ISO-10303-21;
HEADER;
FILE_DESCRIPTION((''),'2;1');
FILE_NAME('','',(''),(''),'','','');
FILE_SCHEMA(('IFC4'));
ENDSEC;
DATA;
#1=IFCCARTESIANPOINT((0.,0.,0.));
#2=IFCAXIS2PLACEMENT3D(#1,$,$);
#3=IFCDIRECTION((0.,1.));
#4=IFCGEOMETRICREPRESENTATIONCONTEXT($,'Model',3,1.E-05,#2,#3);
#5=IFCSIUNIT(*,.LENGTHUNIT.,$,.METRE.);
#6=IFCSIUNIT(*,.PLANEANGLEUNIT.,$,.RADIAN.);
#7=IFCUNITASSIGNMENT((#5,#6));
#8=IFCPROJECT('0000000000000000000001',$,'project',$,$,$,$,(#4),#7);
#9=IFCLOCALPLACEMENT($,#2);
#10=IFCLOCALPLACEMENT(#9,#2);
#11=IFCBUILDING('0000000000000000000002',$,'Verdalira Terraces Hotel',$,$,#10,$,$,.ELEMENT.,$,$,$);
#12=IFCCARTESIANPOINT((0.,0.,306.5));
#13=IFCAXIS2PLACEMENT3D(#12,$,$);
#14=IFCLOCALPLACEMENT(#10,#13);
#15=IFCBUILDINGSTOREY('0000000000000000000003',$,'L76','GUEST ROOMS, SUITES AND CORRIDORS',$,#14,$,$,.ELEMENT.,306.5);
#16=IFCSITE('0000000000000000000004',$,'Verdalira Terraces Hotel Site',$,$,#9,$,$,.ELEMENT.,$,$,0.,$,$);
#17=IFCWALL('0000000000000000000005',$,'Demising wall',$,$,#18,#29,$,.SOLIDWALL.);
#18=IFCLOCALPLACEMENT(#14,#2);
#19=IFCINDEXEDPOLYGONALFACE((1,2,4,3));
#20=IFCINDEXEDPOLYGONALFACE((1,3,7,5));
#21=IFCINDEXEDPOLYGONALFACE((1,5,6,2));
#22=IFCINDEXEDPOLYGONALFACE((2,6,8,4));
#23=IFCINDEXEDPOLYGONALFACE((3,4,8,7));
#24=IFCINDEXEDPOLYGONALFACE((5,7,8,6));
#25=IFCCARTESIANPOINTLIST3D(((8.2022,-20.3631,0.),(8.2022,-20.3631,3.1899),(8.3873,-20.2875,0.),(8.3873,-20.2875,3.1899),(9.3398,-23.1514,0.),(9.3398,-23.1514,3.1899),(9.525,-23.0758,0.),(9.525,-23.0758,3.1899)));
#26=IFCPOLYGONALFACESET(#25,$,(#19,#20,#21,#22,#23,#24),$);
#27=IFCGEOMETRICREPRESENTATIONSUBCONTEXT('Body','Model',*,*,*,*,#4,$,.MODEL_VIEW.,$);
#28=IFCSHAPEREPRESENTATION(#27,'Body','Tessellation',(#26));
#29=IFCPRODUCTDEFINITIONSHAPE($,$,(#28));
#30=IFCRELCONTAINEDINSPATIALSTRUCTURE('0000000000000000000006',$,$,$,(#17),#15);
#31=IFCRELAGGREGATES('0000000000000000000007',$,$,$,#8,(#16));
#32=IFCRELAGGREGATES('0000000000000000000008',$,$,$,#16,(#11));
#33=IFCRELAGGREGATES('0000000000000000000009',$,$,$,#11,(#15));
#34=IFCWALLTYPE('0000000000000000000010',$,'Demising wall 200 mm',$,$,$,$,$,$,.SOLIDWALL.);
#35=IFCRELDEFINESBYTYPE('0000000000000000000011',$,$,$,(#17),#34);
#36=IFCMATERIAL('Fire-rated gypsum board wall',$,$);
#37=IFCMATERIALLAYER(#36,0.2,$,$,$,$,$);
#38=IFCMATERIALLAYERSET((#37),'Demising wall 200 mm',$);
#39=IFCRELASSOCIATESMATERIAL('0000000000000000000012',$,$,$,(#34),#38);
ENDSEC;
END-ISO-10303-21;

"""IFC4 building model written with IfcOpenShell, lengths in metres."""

from ifc_helpers import new_model, si_unit, direction, frame, frame_2d, origin, place, context, subcontext, project, spatial, rectangle, extrude, material, layer, layer_set, type_object, element, save


model = new_model("IFC4")

# Units and contexts
model_context = context("Model", 3, precision=1e-05, world=origin(), true_north=direction((0.0, 1.0)))
body_context = subcontext(model_context, "Body", "Model", "MODEL_VIEW")
ifc_project = project(units=[si_unit("LENGTHUNIT", "METRE"), si_unit("PLANEANGLEUNIT", "RADIAN")], contexts=[model_context])

# Site, building, storey
site_placement = place(None, origin())
site = spatial("IfcSite", under=ifc_project, at=site_placement, Name="Verdalira Terraces Hotel Site", CompositionType="ELEMENT", RefElevation=0.0)
building_placement = place(site_placement, origin())
building = spatial("IfcBuilding", under=site, at=building_placement, Name="Verdalira Terraces Hotel", CompositionType="ELEMENT")
storey_placement = place(building_placement, frame((0.0, 0.0, 306.5)))
storey = spatial("IfcBuildingStorey", under=building, at=storey_placement, Name="L76", Description="GUEST ROOMS, SUITES AND CORRIDORS", CompositionType="ELEMENT", Elevation=306.5)

# Shared definitions
ifc_material_1 = material(Name="Fire-rated gypsum board wall")
ifc_layer_1 = layer(ifc_material_1, 0.2)
ifc_layer_set_1 = layer_set([ifc_layer_1], Name="Demising wall 200 mm")
wall_type_1 = type_object("IfcWallType", Name="Demising wall 200 mm", PredefinedType="SOLIDWALL", material=ifc_layer_set_1)

# Wall
wall_1_placement = place(storey_placement, frame((8.2947, -20.3252, 0.0), z_axis=(0.0, 0.0, 1.0), x_axis=(0.377784, -0.925894, 0.0)))
element("IfcWall", 1, at=wall_1_placement, inside=storey, type_object=wall_type_1, Name="Demising wall", PredefinedType="SOLIDWALL", context=body_context, shape_type="SweptSolid", body=[
    extrude(rectangle(XDim=3.0115, YDim=0.2, at=frame_2d((1.5059, 0.0))), origin(), (0.0, 0.0, 1.0), 3.1899),
])

save(model, "model.ifc")
